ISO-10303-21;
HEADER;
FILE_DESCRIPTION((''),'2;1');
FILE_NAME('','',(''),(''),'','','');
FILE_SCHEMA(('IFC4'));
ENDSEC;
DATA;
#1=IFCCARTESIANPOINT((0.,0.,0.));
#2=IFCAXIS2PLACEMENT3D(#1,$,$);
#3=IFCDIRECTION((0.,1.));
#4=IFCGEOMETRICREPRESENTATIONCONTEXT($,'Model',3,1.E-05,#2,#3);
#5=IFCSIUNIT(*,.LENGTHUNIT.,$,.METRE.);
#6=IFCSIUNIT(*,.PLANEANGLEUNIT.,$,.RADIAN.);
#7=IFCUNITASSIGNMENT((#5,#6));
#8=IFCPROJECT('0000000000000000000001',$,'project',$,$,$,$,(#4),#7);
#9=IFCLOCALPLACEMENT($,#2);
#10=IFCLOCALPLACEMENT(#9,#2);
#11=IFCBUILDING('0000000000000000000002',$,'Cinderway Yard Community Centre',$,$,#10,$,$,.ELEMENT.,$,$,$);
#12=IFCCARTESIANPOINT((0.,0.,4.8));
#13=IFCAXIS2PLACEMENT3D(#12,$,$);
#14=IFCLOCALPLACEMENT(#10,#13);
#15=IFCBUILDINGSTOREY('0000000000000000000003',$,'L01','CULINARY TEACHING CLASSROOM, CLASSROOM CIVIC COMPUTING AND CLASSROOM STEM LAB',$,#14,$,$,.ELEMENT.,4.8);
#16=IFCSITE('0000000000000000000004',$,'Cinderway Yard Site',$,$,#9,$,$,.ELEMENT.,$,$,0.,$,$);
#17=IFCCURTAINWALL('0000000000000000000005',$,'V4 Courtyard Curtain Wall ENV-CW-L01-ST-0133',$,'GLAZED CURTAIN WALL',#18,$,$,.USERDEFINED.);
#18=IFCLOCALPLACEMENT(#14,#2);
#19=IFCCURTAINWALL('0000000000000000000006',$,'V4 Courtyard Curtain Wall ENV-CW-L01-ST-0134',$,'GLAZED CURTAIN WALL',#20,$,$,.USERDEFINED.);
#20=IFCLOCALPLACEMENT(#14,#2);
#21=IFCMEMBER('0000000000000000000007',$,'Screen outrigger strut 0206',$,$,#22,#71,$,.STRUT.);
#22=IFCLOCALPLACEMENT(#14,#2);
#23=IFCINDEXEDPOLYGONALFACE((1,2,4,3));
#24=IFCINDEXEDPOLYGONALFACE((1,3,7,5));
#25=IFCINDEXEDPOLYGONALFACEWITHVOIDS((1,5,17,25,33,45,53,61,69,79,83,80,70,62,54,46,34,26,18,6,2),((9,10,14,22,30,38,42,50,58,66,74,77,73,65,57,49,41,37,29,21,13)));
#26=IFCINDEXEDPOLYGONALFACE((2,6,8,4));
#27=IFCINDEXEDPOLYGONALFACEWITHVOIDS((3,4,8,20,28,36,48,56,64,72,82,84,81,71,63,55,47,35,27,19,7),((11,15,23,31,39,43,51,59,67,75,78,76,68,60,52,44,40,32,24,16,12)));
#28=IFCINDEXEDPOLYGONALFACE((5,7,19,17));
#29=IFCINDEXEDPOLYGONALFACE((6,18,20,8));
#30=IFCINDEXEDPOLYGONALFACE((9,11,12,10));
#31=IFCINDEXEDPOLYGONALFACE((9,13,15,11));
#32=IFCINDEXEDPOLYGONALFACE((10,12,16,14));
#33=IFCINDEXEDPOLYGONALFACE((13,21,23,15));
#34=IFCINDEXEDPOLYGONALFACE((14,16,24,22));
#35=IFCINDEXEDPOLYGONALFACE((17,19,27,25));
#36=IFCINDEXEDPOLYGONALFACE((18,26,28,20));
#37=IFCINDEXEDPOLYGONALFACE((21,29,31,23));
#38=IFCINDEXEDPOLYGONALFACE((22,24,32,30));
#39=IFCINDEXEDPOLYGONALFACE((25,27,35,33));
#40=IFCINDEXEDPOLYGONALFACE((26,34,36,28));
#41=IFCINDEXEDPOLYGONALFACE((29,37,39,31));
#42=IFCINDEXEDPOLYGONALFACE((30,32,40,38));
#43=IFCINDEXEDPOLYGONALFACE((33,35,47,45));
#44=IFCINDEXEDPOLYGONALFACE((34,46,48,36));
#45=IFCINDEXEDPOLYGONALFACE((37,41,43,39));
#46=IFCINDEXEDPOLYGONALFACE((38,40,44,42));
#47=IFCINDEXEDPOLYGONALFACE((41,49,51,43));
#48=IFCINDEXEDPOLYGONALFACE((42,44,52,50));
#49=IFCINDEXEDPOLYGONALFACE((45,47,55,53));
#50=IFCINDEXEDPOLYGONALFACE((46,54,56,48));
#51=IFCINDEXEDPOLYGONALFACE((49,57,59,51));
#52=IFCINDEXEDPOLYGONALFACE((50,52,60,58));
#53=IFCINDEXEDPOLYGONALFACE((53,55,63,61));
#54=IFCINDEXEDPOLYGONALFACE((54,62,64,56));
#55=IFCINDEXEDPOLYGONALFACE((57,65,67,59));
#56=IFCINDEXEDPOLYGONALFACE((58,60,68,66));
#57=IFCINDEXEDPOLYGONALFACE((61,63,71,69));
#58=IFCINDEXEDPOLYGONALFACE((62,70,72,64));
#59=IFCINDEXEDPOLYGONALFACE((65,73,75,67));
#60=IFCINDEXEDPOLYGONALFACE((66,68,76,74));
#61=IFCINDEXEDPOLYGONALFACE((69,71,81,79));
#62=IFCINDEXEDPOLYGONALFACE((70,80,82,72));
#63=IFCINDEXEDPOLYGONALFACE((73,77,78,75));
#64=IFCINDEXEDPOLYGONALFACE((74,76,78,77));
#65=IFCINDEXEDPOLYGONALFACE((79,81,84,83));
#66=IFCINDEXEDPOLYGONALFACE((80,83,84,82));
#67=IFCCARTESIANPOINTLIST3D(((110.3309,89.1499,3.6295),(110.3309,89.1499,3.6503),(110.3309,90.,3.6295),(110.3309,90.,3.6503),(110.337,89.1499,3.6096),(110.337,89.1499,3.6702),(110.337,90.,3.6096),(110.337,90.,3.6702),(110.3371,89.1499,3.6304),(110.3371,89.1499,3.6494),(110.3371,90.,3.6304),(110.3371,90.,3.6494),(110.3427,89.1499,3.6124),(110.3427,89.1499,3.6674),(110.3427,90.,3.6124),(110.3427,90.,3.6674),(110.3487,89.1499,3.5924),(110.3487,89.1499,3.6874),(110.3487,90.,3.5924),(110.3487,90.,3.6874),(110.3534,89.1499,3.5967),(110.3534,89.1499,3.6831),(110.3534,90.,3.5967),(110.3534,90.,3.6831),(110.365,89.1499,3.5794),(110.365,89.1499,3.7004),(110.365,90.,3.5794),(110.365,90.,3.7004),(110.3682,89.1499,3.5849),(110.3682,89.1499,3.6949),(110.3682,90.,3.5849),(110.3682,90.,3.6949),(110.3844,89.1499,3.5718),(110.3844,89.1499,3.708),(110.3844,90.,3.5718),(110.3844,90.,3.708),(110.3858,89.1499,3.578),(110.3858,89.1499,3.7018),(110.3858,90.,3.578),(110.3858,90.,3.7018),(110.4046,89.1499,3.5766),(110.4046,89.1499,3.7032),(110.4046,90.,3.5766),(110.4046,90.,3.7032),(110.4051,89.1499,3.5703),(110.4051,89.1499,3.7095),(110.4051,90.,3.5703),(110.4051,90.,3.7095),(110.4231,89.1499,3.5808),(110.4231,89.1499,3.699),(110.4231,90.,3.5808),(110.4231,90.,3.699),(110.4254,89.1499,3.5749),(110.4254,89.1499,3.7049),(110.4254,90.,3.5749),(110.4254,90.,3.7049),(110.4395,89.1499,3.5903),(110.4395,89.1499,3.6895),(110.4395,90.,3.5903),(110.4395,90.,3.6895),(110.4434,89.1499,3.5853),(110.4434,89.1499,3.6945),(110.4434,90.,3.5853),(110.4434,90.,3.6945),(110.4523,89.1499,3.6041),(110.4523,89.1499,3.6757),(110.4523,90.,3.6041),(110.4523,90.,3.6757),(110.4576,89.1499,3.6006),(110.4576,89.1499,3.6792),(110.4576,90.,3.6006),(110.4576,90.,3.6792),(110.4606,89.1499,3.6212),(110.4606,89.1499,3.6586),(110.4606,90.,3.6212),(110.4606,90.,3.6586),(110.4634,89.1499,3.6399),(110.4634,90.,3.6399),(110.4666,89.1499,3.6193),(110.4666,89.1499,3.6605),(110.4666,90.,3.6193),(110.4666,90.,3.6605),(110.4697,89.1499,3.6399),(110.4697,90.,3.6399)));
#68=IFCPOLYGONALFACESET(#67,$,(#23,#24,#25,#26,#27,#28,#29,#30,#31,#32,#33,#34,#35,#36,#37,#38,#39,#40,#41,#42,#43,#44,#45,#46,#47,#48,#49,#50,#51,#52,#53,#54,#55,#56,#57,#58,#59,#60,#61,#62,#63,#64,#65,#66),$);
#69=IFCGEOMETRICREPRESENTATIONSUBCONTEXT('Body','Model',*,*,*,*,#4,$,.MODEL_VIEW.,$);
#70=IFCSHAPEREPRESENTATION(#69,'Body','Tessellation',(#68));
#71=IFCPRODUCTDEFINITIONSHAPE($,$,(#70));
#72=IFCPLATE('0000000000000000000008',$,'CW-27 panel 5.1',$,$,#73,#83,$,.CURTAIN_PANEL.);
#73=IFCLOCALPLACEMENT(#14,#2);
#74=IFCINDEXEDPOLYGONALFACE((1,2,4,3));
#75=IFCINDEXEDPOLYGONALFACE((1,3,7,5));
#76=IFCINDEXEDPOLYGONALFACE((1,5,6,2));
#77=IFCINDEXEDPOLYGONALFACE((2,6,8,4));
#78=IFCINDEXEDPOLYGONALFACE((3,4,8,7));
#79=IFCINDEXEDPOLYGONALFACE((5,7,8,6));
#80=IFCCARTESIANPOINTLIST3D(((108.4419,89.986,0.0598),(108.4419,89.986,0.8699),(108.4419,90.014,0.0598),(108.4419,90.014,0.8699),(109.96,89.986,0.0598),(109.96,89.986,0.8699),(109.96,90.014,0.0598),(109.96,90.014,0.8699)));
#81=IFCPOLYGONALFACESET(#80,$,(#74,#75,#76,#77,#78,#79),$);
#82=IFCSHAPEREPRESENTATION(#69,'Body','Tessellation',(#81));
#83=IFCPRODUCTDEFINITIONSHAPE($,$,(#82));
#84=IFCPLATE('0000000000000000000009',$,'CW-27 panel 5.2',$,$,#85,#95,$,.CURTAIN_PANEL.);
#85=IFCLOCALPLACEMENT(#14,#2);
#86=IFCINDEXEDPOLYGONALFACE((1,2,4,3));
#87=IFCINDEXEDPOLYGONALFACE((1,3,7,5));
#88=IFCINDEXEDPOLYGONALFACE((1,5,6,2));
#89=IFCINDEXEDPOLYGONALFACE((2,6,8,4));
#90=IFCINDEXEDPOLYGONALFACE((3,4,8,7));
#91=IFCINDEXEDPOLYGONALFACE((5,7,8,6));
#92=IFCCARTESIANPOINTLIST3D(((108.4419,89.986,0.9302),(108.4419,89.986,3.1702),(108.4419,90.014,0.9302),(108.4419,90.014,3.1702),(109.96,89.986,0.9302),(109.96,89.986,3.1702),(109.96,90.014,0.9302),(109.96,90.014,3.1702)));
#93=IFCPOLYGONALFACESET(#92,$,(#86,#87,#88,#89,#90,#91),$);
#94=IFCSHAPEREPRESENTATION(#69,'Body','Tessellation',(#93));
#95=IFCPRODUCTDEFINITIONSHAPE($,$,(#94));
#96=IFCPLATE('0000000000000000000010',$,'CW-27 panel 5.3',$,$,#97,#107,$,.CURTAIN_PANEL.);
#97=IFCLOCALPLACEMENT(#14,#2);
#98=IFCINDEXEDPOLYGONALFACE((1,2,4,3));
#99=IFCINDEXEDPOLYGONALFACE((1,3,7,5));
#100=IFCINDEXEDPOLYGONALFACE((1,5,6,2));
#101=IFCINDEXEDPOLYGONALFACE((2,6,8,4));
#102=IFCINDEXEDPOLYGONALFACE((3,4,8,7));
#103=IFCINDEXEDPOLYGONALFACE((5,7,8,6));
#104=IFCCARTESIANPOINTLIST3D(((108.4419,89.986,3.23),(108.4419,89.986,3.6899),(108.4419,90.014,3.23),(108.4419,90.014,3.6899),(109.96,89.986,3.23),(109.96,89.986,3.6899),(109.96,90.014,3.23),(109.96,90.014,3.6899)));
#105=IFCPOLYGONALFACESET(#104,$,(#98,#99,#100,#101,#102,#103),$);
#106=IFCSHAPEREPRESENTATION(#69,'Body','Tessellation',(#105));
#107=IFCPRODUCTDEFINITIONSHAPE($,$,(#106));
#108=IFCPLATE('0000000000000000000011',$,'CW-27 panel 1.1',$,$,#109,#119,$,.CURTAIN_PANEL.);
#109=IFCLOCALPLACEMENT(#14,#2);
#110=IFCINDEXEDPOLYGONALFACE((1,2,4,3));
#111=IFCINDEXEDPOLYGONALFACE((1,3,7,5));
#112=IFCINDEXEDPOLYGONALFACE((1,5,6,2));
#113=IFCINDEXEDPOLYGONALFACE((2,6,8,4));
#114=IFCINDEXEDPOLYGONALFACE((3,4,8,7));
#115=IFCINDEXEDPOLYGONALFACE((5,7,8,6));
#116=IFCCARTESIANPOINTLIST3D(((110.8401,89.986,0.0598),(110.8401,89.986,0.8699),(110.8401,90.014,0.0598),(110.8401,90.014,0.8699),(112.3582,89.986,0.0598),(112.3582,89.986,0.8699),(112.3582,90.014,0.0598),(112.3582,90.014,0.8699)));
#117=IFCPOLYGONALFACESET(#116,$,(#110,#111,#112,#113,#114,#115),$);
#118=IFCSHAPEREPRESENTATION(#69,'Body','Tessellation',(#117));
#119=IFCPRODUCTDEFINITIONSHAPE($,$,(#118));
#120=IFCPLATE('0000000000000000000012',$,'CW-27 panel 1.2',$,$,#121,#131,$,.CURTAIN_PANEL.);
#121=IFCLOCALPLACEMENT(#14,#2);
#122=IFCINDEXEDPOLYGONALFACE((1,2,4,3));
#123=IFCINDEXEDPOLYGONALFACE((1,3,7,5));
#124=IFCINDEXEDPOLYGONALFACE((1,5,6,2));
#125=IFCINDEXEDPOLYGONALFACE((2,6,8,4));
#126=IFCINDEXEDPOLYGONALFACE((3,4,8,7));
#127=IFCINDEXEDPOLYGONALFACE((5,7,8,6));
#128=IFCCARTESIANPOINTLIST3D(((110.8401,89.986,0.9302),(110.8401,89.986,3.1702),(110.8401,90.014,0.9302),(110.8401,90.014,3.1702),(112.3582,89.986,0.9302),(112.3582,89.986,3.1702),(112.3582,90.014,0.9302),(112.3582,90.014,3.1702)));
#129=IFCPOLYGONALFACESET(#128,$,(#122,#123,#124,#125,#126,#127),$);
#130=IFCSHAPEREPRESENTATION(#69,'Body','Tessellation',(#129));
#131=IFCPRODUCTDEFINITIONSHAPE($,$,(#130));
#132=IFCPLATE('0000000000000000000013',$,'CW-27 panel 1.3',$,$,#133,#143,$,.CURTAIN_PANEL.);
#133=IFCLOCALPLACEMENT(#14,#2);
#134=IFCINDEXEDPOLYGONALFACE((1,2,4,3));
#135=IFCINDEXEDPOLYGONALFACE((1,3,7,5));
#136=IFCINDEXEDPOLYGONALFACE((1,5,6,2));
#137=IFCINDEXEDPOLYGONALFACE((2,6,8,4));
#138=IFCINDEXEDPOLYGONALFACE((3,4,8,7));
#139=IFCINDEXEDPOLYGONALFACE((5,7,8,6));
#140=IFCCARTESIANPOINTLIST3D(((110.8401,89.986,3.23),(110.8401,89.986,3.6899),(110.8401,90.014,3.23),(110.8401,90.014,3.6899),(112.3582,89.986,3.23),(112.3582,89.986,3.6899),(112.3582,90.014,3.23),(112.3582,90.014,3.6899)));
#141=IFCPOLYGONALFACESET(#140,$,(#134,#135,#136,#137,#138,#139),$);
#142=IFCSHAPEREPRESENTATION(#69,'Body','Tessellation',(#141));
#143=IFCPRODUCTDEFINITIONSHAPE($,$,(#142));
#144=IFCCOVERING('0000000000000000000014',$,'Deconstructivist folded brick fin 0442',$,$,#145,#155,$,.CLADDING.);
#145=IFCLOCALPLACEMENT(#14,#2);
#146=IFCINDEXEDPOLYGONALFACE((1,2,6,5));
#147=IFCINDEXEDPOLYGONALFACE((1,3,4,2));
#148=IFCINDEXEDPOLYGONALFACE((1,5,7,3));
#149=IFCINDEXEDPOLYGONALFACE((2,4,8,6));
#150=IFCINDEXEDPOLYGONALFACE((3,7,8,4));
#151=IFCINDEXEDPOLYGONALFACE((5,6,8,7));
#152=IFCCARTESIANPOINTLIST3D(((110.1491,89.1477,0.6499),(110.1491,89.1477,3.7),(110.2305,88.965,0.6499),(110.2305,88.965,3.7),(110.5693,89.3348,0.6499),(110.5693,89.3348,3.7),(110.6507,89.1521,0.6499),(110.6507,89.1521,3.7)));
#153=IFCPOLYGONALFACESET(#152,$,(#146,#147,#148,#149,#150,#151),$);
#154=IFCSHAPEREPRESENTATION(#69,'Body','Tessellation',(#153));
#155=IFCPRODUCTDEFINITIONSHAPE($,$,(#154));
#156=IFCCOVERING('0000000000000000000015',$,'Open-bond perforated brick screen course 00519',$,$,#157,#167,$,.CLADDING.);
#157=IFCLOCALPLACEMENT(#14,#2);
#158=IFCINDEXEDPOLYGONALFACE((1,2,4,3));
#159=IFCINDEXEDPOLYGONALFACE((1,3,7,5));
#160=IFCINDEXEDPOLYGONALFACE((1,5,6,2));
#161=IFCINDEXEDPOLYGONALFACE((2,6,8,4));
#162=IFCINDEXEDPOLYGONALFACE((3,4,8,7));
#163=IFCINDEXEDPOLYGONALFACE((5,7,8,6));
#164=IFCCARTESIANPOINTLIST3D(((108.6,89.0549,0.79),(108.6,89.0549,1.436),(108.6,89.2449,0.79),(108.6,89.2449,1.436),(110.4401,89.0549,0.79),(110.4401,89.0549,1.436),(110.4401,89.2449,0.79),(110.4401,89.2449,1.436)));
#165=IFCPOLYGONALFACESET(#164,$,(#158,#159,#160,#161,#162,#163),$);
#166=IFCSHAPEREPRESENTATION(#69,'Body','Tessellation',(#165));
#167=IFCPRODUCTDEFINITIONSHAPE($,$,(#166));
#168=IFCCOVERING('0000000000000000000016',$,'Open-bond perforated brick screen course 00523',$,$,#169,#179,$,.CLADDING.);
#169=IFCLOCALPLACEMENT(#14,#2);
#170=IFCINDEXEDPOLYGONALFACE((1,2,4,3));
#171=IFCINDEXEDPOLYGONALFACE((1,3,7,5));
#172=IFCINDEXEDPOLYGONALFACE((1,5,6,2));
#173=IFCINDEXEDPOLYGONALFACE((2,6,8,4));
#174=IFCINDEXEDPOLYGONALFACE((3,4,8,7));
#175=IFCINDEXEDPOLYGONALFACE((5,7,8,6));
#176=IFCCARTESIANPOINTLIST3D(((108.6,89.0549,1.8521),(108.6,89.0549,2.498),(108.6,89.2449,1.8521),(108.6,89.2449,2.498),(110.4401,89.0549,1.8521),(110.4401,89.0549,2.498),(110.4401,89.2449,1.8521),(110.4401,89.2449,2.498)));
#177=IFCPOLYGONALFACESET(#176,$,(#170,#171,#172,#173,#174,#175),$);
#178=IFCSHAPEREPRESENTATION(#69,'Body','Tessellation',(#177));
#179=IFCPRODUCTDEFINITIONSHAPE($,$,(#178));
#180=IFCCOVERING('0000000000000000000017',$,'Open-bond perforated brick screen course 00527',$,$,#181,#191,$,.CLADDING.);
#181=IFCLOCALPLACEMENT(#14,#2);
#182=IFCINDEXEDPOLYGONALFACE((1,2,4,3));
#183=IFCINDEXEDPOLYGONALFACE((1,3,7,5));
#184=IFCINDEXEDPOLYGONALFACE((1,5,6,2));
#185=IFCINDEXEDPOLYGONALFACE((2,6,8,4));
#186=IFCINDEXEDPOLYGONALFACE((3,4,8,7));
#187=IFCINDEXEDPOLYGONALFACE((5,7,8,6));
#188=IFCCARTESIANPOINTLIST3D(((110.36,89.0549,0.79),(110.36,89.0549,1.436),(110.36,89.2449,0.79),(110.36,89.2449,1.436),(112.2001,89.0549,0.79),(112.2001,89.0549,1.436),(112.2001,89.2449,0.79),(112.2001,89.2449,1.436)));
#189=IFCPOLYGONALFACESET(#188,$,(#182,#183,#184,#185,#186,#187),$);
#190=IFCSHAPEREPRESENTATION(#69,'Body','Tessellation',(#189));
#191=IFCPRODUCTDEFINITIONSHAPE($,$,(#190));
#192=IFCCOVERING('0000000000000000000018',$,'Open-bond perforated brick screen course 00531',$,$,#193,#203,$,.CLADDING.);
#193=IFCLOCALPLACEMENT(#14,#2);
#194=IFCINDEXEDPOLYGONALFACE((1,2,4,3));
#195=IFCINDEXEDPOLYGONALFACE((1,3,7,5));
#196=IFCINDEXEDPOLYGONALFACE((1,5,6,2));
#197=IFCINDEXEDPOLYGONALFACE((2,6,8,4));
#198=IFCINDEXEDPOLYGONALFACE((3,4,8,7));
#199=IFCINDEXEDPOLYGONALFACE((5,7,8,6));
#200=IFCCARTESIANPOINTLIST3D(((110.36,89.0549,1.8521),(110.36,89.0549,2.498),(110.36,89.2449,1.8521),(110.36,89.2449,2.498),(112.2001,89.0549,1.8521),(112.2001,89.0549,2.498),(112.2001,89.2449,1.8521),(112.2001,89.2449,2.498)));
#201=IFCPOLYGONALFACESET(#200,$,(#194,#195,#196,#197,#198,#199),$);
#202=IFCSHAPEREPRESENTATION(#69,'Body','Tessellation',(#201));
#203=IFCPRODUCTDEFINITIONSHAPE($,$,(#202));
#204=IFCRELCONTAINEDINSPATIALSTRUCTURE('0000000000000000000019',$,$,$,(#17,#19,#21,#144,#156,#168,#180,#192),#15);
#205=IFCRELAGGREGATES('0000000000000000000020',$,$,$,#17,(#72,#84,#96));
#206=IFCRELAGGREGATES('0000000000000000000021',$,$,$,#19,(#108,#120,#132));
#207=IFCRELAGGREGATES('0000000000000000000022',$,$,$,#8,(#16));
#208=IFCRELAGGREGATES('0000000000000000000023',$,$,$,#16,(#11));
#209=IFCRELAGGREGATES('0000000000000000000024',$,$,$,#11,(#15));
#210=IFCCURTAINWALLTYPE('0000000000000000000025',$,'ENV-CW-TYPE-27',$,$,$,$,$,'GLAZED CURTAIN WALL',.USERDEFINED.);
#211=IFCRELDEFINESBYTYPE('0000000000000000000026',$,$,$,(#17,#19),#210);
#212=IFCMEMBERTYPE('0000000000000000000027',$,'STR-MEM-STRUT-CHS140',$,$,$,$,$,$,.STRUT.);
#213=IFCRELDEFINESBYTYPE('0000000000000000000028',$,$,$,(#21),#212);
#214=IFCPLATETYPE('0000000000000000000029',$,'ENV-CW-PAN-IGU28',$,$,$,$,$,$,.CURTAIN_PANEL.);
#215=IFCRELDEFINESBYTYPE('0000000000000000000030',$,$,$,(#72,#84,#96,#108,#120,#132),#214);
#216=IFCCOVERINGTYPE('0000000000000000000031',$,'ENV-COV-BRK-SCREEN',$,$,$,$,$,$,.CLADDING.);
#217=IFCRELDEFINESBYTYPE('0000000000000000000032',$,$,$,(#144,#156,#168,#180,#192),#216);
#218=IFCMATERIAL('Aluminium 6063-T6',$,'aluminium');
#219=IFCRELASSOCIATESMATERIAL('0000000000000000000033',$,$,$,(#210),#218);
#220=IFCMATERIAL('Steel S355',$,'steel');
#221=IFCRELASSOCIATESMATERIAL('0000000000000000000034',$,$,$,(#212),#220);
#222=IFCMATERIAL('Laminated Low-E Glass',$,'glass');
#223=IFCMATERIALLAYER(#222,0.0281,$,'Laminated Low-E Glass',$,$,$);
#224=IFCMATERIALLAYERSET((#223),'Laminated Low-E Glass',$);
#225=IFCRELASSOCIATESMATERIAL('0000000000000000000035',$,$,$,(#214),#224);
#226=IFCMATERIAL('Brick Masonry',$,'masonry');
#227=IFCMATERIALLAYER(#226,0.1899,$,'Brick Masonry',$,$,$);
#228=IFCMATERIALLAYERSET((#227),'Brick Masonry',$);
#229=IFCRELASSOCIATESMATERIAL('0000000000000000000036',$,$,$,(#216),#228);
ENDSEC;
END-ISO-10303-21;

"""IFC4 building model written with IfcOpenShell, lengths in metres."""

from ifc_helpers import new_model, si_unit, direction, frame, origin, origin_2d, place, context, subcontext, project, spatial, rectangle, hollow_circle, extrude, material, layer, layer_set, material_profile, profile_set, type_object, element, aggregate, save


model = new_model("IFC4")

# Units and contexts
model_context = context("Model", 3, precision=1e-05, world=origin(), true_north=direction((0.0, 1.0)))
body_context = subcontext(model_context, "Body", "Model", "MODEL_VIEW")
ifc_project = project(units=[si_unit("LENGTHUNIT", "METRE"), si_unit("PLANEANGLEUNIT", "RADIAN")], contexts=[model_context])

# Site, building, storey
site_placement = place(None, origin())
site = spatial("IfcSite", under=ifc_project, at=site_placement, Name="Cinderway Yard Site", CompositionType="ELEMENT", RefElevation=0.0)
building_placement = place(site_placement, origin())
building = spatial("IfcBuilding", under=site, at=building_placement, Name="Cinderway Yard Community Centre", CompositionType="ELEMENT")
storey_placement = place(building_placement, frame((0.0, 0.0, 4.8)))
storey = spatial("IfcBuildingStorey", under=building, at=storey_placement, Name="L01", Description="CULINARY TEACHING CLASSROOM, CLASSROOM CIVIC COMPUTING AND CLASSROOM STEM LAB", CompositionType="ELEMENT", Elevation=4.8)

# Curtain wall
ifc_material_1 = material(Name="Aluminium 6063-T6", Category="aluminium")
curtain_wall_type = type_object("IfcCurtainWallType", Name="ENV-CW-TYPE-27", ElementType="GLAZED CURTAIN WALL", PredefinedType="USERDEFINED", material=ifc_material_1)
curtain_wall_1_placement = place(storey_placement, origin())
curtain_wall_1 = element("IfcCurtainWall", 1, at=curtain_wall_1_placement, inside=storey, type_object=curtain_wall_type, Name="V4 Courtyard Curtain Wall ENV-CW-L01-ST-0133", ObjectType="GLAZED CURTAIN WALL", PredefinedType="USERDEFINED")

# Curtain wall
curtain_wall_2_placement = place(storey_placement, origin())
curtain_wall_2 = element("IfcCurtainWall", 2, at=curtain_wall_2_placement, inside=storey, type_object=curtain_wall_type, Name="V4 Courtyard Curtain Wall ENV-CW-L01-ST-0134", ObjectType="GLAZED CURTAIN WALL", PredefinedType="USERDEFINED")

# Shared definitions
ifc_material_2 = material(Name="Steel S355", Category="steel")

# Member
ifc_material_profile_1 = material_profile(ifc_material_2, hollow_circle(Radius=0.0698, WallThickness=0.0063, at=origin_2d()), Name="Steel S355")
ifc_profile_set_1 = profile_set([ifc_material_profile_1], Name="Steel S355")
member_type_1 = type_object("IfcMemberType", Name="STR-MEM-STRUT-CHS140", PredefinedType="STRUT", material=ifc_profile_set_1)
for number, where, z_axis, x_axis, name in (
    (3, (110.3999, 90.0, 3.6399), (0.0, -1.0, 0.0), (1.0, 0.0, 0.0), "Screen outrigger strut 0206"),
):
    element("IfcMember", number, at=place(storey_placement, frame(where, z_axis=z_axis, x_axis=x_axis)), inside=storey, type_object=member_type_1, Name=name, PredefinedType="STRUT", context=body_context, shape_type="SweptSolid", body=[
        extrude(hollow_circle(Radius=0.0698, WallThickness=0.0063, at=origin_2d()), origin(), (0.0, 0.0, 1.0), 0.8501),
    ])

# Plates
ifc_material_3 = material(Name="Laminated Low-E Glass", Category="glass")
ifc_layer_1 = layer(ifc_material_3, 0.0281, Name="Laminated Low-E Glass")
ifc_layer_set_1 = layer_set([ifc_layer_1], Name="Laminated Low-E Glass")
plate_type = type_object("IfcPlateType", Name="ENV-CW-PAN-IGU28", PredefinedType="CURTAIN_PANEL", material=ifc_layer_set_1)
plate_1_placement = place(storey_placement, frame((109.2009, 90.0, 0.0598), z_axis=(0.0, 0.0, 1.0), x_axis=(1.0, 0.0, 0.0)))
plate_1 = element("IfcPlate", 4, at=plate_1_placement, type_object=plate_type, Name="CW-27 panel 5.1", PredefinedType="CURTAIN_PANEL", context=body_context, shape_type="SweptSolid", body=[
    extrude(rectangle(XDim=1.5181, YDim=0.0281, at=origin_2d()), origin(), (0.0, 0.0, 1.0), 0.8101),
])
plate_2_placement = place(storey_placement, frame((109.2009, 90.0, 0.9302), z_axis=(0.0, 0.0, 1.0), x_axis=(1.0, 0.0, 0.0)))
plate_2 = element("IfcPlate", 5, at=plate_2_placement, type_object=plate_type, Name="CW-27 panel 5.2", PredefinedType="CURTAIN_PANEL", context=body_context, shape_type="SweptSolid", body=[
    extrude(rectangle(XDim=1.5181, YDim=0.0281, at=origin_2d()), origin(), (0.0, 0.0, 1.0), 2.24),
])
plate_3_placement = place(storey_placement, frame((109.2009, 90.0, 3.23), z_axis=(0.0, 0.0, 1.0), x_axis=(1.0, 0.0, 0.0)))
plate_3 = element("IfcPlate", 6, at=plate_3_placement, type_object=plate_type, Name="CW-27 panel 5.3", PredefinedType="CURTAIN_PANEL", context=body_context, shape_type="SweptSolid", body=[
    extrude(rectangle(XDim=1.5181, YDim=0.0281, at=origin_2d()), origin(), (0.0, 0.0, 1.0), 0.46),
])
aggregate(curtain_wall_1, [plate_1, plate_2, plate_3])
plate_4_placement = place(storey_placement, frame((111.5991, 90.0, 0.0598), z_axis=(0.0, 0.0, 1.0), x_axis=(1.0, 0.0, 0.0)))
plate_4 = element("IfcPlate", 7, at=plate_4_placement, type_object=plate_type, Name="CW-27 panel 1.1", PredefinedType="CURTAIN_PANEL", context=body_context, shape_type="SweptSolid", body=[
    extrude(rectangle(XDim=1.5181, YDim=0.0281, at=origin_2d()), origin(), (0.0, 0.0, 1.0), 0.8101),
])
plate_5_placement = place(storey_placement, frame((111.5991, 90.0, 0.9302), z_axis=(0.0, 0.0, 1.0), x_axis=(1.0, 0.0, 0.0)))
plate_5 = element("IfcPlate", 8, at=plate_5_placement, type_object=plate_type, Name="CW-27 panel 1.2", PredefinedType="CURTAIN_PANEL", context=body_context, shape_type="SweptSolid", body=[
    extrude(rectangle(XDim=1.5181, YDim=0.0281, at=origin_2d()), origin(), (0.0, 0.0, 1.0), 2.24),
])
plate_6_placement = place(storey_placement, frame((111.5991, 90.0, 3.23), z_axis=(0.0, 0.0, 1.0), x_axis=(1.0, 0.0, 0.0)))
plate_6 = element("IfcPlate", 9, at=plate_6_placement, type_object=plate_type, Name="CW-27 panel 1.3", PredefinedType="CURTAIN_PANEL", context=body_context, shape_type="SweptSolid", body=[
    extrude(rectangle(XDim=1.5181, YDim=0.0281, at=origin_2d()), origin(), (0.0, 0.0, 1.0), 0.46),
])
aggregate(curtain_wall_2, [plate_4, plate_5, plate_6])

# Coverings
ifc_material_4 = material(Name="Brick Masonry", Category="masonry")
ifc_layer_2 = layer(ifc_material_4, 0.1899, Name="Brick Masonry")
ifc_layer_set_2 = layer_set([ifc_layer_2], Name="Brick Masonry")
covering_type = type_object("IfcCoveringType", Name="ENV-COV-BRK-SCREEN", PredefinedType="CLADDING", material=ifc_layer_set_2)
covering_placement = place(storey_placement, frame((110.3999, 89.1499, 0.6499), z_axis=(0.0, 0.0, 1.0), x_axis=(-0.913545, -0.406737, 0.0)))
element("IfcCovering", 10, at=covering_placement, inside=storey, type_object=covering_type, Name="Deconstructivist folded brick fin 0442", PredefinedType="CLADDING", context=body_context, shape_type="SweptSolid", body=[
    extrude(rectangle(XDim=0.46, YDim=0.2, at=origin_2d()), origin(), (0.0, 0.0, 1.0), 3.05),
])
for number, where, z_axis, x_axis, name in (
    (11, (109.52, 89.1499, 0.79), (0.0, 0.0, 1.0), (-1.0, 0.0, 0.0), "Open-bond perforated brick screen course 00519"),
    (12, (109.52, 89.1499, 1.8521), (0.0, 0.0, 1.0), (-1.0, 0.0, 0.0), "Open-bond perforated brick screen course 00523"),
    (13, (111.28, 89.1499, 0.79), (0.0, 0.0, 1.0), (-1.0, 0.0, 0.0), "Open-bond perforated brick screen course 00527"),
    (14, (111.28, 89.1499, 1.8521), (0.0, 0.0, 1.0), (-1.0, 0.0, 0.0), "Open-bond perforated brick screen course 00531"),
):
    element("IfcCovering", number, at=place(storey_placement, frame(where, z_axis=z_axis, x_axis=x_axis)), inside=storey, type_object=covering_type, Name=name, PredefinedType="CLADDING", context=body_context, shape_type="SweptSolid", body=[
        extrude(rectangle(XDim=1.8401, YDim=0.1899, at=origin_2d()), origin(), (0.0, 0.0, 1.0), 0.646),
    ])

save(model, "model.ifc")
